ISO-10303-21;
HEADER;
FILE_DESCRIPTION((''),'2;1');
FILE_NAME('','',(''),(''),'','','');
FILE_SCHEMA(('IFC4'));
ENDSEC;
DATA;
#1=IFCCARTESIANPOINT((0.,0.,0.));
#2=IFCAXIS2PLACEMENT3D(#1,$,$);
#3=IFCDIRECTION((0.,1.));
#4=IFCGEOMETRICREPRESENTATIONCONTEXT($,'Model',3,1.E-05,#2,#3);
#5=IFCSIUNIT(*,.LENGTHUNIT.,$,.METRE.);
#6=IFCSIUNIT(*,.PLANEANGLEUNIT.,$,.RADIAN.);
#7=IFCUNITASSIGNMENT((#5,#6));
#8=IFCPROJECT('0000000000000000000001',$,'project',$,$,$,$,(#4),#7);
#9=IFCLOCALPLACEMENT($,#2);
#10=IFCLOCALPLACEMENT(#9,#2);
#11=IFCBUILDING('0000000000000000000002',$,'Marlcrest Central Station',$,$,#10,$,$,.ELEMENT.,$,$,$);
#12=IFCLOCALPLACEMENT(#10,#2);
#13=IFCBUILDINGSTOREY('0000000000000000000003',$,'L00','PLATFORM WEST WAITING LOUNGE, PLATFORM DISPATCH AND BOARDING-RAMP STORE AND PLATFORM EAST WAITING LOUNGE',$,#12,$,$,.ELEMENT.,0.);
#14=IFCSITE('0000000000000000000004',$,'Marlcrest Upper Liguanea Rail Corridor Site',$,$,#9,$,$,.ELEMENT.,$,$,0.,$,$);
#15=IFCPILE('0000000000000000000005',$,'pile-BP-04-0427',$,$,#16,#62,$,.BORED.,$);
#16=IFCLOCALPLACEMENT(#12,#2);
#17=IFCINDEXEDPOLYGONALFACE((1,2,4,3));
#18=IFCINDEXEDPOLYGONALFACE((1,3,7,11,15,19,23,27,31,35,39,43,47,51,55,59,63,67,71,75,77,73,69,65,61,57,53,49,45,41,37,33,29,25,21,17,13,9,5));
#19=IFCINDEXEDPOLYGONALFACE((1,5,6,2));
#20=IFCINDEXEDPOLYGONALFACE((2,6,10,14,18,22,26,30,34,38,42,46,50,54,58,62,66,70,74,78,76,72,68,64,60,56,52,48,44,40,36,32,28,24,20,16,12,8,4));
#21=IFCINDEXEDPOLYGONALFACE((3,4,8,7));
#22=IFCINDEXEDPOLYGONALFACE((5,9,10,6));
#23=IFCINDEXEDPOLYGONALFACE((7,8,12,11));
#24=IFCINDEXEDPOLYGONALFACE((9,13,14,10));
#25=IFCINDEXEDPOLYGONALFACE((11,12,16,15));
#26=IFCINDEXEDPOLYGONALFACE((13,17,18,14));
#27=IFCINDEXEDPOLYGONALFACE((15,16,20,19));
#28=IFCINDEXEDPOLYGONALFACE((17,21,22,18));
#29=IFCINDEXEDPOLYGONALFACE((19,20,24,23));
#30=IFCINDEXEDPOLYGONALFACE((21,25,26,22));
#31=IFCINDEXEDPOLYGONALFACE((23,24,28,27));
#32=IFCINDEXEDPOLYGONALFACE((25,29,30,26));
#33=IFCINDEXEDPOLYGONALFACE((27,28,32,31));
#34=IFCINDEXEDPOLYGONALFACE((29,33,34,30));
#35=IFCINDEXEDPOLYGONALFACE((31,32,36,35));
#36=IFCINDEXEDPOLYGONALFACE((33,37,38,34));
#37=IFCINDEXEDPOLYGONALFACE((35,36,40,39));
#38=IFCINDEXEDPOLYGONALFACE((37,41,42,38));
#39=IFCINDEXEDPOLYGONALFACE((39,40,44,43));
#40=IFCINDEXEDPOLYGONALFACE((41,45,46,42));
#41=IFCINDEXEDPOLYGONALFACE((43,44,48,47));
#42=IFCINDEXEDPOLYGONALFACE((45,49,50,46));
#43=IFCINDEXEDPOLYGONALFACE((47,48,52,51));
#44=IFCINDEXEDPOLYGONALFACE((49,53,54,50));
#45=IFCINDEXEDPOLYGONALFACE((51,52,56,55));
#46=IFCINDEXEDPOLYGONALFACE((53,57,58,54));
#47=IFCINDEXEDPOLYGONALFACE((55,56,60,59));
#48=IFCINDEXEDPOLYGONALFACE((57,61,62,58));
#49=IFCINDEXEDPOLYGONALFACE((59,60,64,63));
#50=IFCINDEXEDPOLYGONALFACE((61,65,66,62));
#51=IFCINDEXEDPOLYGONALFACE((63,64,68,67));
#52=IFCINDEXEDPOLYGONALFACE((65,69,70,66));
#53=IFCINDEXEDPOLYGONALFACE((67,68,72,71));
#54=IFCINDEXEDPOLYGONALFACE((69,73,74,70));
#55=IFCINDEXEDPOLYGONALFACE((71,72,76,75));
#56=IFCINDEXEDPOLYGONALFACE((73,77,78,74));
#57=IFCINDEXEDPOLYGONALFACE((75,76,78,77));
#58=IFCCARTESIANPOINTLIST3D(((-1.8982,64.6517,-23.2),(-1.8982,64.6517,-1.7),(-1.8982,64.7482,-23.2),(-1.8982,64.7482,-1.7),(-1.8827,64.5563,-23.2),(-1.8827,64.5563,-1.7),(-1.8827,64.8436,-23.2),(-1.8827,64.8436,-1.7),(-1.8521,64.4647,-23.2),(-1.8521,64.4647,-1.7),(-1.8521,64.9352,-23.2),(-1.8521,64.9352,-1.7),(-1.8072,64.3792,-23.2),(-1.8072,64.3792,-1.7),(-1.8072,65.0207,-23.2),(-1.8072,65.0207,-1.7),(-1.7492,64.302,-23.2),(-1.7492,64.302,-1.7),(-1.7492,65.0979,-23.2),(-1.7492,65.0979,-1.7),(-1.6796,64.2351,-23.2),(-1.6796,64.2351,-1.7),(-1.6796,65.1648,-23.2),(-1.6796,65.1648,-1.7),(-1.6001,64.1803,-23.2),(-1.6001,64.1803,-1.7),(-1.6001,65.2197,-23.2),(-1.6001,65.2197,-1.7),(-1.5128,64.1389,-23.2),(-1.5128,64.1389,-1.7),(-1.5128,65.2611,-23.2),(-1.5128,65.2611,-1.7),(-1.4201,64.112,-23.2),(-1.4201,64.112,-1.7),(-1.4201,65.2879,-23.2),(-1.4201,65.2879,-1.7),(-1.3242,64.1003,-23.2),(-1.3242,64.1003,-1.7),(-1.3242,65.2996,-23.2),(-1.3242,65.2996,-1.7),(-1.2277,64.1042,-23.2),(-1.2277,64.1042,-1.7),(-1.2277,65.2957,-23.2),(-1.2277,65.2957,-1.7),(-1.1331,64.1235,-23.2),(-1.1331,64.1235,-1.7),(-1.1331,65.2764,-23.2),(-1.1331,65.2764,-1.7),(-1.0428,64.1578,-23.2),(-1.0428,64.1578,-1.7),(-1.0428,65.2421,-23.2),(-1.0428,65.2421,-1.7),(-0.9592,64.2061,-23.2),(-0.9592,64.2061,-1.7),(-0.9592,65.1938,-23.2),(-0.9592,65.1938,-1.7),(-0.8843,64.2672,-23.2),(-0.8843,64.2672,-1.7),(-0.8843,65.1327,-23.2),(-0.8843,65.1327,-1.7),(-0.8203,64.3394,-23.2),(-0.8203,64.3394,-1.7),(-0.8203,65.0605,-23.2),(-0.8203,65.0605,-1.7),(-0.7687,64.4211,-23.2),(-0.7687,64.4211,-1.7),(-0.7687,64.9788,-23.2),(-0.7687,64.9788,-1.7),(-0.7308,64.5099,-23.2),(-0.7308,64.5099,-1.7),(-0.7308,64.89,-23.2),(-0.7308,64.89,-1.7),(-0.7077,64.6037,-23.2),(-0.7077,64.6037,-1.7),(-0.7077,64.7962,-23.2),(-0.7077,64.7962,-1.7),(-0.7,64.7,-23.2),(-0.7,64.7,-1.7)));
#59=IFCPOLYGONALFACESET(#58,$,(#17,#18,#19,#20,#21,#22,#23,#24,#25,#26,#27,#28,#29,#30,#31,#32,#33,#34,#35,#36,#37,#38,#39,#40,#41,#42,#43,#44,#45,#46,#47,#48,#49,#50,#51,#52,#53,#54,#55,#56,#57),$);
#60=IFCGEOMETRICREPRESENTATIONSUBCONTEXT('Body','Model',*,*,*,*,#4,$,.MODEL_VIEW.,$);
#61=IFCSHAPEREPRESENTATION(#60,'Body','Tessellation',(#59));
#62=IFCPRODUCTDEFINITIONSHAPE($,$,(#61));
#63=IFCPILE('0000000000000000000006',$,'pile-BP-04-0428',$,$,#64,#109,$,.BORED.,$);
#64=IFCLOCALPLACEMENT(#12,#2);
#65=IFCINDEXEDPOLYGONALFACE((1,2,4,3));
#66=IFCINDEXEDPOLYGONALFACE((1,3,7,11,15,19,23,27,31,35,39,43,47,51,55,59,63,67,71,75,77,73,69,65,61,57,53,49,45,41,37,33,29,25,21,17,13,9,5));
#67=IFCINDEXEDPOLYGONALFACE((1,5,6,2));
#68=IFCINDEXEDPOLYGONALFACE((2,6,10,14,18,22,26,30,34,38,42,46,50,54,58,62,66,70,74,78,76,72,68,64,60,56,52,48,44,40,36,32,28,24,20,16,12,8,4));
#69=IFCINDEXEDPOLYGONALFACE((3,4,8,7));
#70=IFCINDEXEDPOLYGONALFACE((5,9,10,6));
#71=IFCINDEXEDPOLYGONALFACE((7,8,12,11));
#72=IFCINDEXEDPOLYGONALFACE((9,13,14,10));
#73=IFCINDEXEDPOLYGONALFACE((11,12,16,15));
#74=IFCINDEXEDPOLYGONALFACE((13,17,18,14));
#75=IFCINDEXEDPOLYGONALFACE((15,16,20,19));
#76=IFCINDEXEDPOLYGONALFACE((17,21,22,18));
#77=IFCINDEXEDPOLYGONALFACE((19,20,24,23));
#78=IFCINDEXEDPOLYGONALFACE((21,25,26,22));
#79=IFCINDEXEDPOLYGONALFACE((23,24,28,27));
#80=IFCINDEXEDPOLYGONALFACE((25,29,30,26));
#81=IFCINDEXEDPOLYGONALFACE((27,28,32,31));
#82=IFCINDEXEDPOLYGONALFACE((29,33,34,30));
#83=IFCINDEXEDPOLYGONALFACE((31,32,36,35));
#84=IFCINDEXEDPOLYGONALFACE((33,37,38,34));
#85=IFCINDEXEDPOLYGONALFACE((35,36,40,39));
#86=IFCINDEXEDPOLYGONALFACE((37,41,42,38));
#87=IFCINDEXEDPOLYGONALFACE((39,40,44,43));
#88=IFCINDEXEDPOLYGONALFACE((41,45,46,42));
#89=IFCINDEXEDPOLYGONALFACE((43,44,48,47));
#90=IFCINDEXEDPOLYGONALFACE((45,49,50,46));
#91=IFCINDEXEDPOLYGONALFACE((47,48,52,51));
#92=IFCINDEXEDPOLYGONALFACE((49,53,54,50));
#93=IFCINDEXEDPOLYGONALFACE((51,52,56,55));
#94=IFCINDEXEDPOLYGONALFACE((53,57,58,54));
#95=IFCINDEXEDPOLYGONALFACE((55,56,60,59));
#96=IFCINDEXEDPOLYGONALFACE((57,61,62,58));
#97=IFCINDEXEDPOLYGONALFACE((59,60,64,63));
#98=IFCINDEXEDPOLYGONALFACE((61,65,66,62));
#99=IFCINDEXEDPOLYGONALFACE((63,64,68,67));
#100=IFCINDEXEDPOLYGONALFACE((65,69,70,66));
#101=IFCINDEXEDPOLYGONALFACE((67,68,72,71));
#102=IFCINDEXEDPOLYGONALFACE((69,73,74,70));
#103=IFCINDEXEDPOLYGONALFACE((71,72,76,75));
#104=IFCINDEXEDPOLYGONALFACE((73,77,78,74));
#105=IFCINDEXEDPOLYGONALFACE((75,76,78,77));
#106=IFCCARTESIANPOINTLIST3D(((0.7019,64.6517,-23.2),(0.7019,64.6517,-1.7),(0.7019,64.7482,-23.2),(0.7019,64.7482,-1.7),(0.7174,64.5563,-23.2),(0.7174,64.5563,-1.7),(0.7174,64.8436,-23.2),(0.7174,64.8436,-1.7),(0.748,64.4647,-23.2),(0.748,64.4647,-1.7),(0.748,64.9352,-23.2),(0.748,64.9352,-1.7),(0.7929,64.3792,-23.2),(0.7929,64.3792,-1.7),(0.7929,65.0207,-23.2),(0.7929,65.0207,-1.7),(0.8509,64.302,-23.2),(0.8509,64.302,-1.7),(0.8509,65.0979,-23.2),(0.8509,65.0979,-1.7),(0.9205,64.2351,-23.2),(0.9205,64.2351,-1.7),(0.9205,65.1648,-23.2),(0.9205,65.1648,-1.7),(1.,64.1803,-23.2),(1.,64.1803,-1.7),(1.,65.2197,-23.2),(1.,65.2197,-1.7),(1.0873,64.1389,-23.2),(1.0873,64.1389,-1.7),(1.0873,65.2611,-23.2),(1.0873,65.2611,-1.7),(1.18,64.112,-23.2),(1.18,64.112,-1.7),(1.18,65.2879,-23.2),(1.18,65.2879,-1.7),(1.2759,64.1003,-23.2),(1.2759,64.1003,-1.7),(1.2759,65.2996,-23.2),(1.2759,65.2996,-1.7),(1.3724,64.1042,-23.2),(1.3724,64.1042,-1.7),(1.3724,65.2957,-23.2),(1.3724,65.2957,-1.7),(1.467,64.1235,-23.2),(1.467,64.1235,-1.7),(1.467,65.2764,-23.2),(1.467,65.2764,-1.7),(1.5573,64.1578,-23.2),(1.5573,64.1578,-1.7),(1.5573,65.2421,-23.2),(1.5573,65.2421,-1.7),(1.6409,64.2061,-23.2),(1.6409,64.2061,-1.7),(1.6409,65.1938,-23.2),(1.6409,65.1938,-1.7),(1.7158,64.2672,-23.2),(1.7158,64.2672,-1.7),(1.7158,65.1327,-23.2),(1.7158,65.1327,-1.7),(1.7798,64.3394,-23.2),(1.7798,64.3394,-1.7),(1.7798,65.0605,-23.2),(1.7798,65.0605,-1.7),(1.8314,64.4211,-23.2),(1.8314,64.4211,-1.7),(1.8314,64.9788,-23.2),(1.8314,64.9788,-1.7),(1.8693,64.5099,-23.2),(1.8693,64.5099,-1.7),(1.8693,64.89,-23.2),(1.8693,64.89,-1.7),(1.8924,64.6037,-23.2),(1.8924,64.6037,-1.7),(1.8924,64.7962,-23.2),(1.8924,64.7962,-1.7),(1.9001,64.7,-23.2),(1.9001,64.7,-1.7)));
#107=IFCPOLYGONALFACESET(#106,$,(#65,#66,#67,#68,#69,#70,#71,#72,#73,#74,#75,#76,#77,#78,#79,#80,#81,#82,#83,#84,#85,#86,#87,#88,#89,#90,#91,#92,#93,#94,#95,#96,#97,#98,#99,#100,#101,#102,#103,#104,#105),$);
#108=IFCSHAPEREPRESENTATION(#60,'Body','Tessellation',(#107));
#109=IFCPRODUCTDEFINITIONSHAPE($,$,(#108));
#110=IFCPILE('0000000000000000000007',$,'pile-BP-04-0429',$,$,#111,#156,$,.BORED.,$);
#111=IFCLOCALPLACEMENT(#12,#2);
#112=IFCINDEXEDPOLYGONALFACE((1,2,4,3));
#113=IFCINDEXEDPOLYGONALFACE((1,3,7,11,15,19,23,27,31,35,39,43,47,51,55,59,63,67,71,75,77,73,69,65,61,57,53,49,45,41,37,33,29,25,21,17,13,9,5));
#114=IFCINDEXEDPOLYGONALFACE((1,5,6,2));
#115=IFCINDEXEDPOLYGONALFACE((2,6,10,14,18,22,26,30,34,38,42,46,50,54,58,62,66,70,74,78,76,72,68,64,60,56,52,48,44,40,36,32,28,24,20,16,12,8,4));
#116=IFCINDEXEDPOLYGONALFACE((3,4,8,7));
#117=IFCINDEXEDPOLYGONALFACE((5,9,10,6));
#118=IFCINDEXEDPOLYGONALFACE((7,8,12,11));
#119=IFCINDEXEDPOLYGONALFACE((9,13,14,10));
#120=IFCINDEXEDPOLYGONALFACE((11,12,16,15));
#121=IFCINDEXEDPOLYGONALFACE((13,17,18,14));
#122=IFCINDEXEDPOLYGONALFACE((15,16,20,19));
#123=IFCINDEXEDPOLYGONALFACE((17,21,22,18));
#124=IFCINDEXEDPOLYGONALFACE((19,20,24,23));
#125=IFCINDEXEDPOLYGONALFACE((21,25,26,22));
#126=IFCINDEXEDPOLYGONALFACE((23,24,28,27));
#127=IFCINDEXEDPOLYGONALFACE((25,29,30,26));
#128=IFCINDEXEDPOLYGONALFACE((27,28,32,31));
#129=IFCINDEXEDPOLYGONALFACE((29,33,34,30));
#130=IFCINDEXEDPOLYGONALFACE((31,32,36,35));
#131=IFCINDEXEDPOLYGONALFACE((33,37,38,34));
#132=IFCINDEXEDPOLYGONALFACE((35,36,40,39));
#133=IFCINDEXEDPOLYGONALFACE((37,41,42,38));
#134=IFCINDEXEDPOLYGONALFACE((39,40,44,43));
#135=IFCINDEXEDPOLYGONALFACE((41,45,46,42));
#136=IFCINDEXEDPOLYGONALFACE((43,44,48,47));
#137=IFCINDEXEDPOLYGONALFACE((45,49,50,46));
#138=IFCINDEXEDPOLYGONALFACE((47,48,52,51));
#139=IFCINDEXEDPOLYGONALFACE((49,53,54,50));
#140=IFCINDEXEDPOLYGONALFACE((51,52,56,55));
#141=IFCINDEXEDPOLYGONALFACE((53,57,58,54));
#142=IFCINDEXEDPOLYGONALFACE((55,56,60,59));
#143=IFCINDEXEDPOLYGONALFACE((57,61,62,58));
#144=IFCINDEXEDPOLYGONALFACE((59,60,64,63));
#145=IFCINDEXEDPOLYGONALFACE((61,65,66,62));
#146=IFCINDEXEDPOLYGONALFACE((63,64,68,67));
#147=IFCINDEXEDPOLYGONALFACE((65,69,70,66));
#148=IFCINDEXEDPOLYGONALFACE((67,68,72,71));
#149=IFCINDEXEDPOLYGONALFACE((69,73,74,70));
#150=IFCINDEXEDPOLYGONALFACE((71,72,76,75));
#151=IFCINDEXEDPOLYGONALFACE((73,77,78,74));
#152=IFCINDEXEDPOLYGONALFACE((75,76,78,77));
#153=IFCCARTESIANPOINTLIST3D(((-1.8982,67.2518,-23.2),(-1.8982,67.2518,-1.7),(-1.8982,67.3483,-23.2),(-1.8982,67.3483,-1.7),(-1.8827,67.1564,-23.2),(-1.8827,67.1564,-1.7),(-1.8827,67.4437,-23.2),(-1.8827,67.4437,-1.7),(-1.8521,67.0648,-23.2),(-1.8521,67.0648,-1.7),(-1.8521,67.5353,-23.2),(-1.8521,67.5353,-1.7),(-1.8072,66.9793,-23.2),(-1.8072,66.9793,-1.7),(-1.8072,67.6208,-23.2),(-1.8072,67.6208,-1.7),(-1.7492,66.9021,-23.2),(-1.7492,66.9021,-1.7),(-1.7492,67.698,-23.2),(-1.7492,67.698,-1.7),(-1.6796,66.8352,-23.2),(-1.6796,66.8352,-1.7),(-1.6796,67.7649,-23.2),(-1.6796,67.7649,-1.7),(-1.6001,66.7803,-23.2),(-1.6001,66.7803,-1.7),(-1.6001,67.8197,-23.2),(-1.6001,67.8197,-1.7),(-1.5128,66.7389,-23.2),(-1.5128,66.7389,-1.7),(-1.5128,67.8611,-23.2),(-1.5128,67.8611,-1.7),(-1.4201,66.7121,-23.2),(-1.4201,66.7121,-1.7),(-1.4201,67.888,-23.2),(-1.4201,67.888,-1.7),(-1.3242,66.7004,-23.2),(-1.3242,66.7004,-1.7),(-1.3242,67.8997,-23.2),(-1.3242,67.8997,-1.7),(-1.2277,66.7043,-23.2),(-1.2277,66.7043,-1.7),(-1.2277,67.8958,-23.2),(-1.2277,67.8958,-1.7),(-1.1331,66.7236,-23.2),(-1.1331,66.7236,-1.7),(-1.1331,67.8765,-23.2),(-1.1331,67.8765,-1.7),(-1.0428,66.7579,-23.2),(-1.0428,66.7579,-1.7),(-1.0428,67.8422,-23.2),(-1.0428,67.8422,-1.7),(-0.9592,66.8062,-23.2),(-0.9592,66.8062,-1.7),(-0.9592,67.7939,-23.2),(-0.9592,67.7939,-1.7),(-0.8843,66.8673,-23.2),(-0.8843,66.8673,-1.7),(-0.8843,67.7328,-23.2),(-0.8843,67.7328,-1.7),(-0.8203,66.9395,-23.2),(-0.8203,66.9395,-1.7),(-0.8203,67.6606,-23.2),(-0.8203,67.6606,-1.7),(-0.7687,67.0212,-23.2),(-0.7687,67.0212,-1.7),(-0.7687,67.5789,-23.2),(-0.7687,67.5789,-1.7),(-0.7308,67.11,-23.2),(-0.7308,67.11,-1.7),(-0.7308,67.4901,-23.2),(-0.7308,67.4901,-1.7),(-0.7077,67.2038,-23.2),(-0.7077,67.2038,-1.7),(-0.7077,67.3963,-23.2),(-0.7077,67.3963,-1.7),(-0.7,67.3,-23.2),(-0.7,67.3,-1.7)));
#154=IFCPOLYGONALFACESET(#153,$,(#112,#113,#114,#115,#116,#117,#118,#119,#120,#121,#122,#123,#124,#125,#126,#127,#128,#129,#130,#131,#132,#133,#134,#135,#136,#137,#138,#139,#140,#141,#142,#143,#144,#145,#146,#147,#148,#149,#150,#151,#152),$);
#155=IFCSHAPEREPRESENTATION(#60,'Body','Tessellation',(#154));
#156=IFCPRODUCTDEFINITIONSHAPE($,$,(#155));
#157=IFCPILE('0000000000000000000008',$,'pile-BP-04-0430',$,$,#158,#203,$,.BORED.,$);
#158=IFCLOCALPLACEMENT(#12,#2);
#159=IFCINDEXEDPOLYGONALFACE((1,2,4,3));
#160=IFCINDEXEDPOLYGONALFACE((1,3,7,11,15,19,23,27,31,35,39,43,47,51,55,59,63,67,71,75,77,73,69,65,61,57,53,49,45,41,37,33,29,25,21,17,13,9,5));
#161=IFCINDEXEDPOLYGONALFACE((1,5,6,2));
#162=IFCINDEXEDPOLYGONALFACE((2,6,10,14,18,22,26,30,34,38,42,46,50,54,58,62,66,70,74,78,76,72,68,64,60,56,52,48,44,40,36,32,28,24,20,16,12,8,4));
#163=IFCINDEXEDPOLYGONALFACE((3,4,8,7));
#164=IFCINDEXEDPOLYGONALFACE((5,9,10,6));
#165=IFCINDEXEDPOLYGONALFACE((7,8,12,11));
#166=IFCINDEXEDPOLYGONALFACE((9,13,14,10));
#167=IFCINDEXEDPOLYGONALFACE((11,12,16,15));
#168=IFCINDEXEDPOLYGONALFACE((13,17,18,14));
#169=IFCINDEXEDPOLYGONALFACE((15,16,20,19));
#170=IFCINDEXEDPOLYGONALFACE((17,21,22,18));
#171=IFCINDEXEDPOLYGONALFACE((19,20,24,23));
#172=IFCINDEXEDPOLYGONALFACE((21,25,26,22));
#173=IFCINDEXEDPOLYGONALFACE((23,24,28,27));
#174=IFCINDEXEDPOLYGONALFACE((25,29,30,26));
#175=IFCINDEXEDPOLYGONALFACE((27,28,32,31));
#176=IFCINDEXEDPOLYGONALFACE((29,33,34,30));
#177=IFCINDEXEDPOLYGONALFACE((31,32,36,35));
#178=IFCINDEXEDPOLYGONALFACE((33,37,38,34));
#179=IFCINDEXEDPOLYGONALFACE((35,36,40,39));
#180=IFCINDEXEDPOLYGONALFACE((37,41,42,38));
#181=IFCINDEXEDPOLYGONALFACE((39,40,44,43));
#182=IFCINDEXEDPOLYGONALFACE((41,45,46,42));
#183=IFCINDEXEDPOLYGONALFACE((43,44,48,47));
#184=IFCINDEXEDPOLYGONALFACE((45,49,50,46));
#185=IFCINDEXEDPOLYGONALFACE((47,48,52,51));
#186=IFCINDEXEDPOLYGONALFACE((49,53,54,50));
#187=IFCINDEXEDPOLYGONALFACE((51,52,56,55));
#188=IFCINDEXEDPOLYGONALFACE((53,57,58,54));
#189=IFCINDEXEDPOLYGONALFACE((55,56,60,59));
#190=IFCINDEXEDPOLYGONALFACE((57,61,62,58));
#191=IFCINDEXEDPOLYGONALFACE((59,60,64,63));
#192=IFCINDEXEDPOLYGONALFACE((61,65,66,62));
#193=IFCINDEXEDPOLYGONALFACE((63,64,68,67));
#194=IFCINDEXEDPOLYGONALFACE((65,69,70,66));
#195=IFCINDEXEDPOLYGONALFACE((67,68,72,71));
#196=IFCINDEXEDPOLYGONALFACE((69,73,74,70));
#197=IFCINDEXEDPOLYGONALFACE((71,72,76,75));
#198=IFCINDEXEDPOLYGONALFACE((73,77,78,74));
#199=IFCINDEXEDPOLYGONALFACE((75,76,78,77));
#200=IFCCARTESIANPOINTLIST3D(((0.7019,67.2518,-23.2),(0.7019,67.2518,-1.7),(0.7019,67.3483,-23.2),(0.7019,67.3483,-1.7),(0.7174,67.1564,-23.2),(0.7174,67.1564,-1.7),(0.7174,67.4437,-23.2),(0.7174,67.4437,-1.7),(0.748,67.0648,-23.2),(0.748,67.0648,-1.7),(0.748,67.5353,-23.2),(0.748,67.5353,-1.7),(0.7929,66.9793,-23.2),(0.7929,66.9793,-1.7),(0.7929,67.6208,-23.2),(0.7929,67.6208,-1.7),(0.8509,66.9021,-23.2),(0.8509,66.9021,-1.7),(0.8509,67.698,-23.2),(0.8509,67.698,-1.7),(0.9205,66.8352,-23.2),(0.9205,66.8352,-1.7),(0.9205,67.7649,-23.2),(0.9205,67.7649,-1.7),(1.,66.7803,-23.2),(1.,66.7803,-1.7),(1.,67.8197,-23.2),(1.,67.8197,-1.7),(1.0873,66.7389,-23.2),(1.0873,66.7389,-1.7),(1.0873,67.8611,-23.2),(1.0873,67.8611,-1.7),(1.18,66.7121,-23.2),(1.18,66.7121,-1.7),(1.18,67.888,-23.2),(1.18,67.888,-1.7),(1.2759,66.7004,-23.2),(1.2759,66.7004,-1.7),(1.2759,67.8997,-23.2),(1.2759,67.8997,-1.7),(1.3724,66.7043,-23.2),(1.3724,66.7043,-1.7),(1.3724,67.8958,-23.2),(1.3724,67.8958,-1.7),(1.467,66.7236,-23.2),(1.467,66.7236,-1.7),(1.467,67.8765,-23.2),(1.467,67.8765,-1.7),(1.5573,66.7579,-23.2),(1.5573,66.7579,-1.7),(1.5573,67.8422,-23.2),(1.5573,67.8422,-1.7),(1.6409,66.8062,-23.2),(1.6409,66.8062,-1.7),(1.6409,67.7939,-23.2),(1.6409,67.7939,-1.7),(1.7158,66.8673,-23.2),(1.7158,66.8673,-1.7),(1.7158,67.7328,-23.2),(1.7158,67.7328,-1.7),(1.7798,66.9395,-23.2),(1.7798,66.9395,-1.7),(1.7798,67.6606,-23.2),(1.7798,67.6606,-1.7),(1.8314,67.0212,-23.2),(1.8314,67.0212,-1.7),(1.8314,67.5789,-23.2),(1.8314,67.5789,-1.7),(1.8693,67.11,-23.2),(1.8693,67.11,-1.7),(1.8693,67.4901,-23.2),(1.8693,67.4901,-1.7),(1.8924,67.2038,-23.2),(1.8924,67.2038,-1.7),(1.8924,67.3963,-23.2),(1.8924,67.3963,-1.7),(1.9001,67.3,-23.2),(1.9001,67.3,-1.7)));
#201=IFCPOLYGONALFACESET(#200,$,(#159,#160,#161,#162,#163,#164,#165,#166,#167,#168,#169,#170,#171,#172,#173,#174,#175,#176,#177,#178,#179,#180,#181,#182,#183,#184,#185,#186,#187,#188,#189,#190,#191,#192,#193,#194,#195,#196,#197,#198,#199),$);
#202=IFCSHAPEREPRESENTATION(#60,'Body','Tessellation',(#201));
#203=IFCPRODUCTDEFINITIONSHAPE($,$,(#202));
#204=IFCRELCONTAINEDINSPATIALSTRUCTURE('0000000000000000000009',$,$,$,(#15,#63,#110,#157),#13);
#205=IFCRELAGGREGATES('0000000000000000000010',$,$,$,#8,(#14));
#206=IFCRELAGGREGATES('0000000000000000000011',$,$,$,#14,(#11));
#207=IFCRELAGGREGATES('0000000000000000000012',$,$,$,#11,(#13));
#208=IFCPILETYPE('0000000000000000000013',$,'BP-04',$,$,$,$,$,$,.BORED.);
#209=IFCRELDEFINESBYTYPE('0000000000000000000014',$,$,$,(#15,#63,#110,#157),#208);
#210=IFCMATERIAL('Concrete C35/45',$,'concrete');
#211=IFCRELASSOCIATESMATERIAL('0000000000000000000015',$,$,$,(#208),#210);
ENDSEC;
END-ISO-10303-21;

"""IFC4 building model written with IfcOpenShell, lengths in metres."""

from ifc_helpers import new_model, si_unit, direction, frame, origin, origin_2d, place, context, subcontext, project, spatial, circle, extrude, material, material_profile, profile_set, type_object, element, save


model = new_model("IFC4")

# Units and contexts
model_context = context("Model", 3, precision=1e-05, world=origin(), true_north=direction((0.0, 1.0)))
body_context = subcontext(model_context, "Body", "Model", "MODEL_VIEW")
ifc_project = project(units=[si_unit("LENGTHUNIT", "METRE"), si_unit("PLANEANGLEUNIT", "RADIAN")], contexts=[model_context])

# Site, building, storey
site_placement = place(None, origin())
site = spatial("IfcSite", under=ifc_project, at=site_placement, Name="Marlcrest Upper Liguanea Rail Corridor Site", CompositionType="ELEMENT", RefElevation=0.0)
building_placement = place(site_placement, origin())
building = spatial("IfcBuilding", under=site, at=building_placement, Name="Marlcrest Central Station", CompositionType="ELEMENT")
storey_placement = place(building_placement, origin())
storey = spatial("IfcBuildingStorey", under=building, at=storey_placement, Name="L00", Description="PLATFORM WEST WAITING LOUNGE, PLATFORM DISPATCH AND BOARDING-RAMP STORE AND PLATFORM EAST WAITING LOUNGE", CompositionType="ELEMENT", Elevation=0.0)

# Piles
ifc_material_1 = material(Name="Concrete C35/45", Category="concrete")
ifc_material_profile_1 = material_profile(ifc_material_1, circle(Radius=0.6001, at=origin_2d()), Name="PILE D1200")
ifc_profile_set_1 = profile_set([ifc_material_profile_1], Name="Concrete C35/45")
pile_type = type_object("IfcPileType", Name="BP-04", PredefinedType="BORED", material=ifc_profile_set_1)
for number, where, z_axis, x_axis, name in (
    (1, (-1.3, 64.7, -1.7), (0.0, 0.0, -1.0), (1.0, 0.0, 0.0), "pile-BP-04-0427"),
    (2, (1.3, 64.7, -1.7), (0.0, 0.0, -1.0), (1.0, 0.0, 0.0), "pile-BP-04-0428"),
    (3, (-1.3, 67.3, -1.7), (0.0, 0.0, -1.0), (1.0, 0.0, 0.0), "pile-BP-04-0429"),
    (4, (1.3, 67.3, -1.7), (0.0, 0.0, -1.0), (1.0, 0.0, 0.0), "pile-BP-04-0430"),
):
    element("IfcPile", number, at=place(storey_placement, frame(where, z_axis=z_axis, x_axis=x_axis)), inside=storey, type_object=pile_type, Name=name, PredefinedType="BORED", context=body_context, shape_type="SweptSolid", body=[
        extrude(circle(Radius=0.6001, at=origin_2d()), origin(), (0.0, 0.0, 1.0), 21.5),
    ])

save(model, "model.ifc")
